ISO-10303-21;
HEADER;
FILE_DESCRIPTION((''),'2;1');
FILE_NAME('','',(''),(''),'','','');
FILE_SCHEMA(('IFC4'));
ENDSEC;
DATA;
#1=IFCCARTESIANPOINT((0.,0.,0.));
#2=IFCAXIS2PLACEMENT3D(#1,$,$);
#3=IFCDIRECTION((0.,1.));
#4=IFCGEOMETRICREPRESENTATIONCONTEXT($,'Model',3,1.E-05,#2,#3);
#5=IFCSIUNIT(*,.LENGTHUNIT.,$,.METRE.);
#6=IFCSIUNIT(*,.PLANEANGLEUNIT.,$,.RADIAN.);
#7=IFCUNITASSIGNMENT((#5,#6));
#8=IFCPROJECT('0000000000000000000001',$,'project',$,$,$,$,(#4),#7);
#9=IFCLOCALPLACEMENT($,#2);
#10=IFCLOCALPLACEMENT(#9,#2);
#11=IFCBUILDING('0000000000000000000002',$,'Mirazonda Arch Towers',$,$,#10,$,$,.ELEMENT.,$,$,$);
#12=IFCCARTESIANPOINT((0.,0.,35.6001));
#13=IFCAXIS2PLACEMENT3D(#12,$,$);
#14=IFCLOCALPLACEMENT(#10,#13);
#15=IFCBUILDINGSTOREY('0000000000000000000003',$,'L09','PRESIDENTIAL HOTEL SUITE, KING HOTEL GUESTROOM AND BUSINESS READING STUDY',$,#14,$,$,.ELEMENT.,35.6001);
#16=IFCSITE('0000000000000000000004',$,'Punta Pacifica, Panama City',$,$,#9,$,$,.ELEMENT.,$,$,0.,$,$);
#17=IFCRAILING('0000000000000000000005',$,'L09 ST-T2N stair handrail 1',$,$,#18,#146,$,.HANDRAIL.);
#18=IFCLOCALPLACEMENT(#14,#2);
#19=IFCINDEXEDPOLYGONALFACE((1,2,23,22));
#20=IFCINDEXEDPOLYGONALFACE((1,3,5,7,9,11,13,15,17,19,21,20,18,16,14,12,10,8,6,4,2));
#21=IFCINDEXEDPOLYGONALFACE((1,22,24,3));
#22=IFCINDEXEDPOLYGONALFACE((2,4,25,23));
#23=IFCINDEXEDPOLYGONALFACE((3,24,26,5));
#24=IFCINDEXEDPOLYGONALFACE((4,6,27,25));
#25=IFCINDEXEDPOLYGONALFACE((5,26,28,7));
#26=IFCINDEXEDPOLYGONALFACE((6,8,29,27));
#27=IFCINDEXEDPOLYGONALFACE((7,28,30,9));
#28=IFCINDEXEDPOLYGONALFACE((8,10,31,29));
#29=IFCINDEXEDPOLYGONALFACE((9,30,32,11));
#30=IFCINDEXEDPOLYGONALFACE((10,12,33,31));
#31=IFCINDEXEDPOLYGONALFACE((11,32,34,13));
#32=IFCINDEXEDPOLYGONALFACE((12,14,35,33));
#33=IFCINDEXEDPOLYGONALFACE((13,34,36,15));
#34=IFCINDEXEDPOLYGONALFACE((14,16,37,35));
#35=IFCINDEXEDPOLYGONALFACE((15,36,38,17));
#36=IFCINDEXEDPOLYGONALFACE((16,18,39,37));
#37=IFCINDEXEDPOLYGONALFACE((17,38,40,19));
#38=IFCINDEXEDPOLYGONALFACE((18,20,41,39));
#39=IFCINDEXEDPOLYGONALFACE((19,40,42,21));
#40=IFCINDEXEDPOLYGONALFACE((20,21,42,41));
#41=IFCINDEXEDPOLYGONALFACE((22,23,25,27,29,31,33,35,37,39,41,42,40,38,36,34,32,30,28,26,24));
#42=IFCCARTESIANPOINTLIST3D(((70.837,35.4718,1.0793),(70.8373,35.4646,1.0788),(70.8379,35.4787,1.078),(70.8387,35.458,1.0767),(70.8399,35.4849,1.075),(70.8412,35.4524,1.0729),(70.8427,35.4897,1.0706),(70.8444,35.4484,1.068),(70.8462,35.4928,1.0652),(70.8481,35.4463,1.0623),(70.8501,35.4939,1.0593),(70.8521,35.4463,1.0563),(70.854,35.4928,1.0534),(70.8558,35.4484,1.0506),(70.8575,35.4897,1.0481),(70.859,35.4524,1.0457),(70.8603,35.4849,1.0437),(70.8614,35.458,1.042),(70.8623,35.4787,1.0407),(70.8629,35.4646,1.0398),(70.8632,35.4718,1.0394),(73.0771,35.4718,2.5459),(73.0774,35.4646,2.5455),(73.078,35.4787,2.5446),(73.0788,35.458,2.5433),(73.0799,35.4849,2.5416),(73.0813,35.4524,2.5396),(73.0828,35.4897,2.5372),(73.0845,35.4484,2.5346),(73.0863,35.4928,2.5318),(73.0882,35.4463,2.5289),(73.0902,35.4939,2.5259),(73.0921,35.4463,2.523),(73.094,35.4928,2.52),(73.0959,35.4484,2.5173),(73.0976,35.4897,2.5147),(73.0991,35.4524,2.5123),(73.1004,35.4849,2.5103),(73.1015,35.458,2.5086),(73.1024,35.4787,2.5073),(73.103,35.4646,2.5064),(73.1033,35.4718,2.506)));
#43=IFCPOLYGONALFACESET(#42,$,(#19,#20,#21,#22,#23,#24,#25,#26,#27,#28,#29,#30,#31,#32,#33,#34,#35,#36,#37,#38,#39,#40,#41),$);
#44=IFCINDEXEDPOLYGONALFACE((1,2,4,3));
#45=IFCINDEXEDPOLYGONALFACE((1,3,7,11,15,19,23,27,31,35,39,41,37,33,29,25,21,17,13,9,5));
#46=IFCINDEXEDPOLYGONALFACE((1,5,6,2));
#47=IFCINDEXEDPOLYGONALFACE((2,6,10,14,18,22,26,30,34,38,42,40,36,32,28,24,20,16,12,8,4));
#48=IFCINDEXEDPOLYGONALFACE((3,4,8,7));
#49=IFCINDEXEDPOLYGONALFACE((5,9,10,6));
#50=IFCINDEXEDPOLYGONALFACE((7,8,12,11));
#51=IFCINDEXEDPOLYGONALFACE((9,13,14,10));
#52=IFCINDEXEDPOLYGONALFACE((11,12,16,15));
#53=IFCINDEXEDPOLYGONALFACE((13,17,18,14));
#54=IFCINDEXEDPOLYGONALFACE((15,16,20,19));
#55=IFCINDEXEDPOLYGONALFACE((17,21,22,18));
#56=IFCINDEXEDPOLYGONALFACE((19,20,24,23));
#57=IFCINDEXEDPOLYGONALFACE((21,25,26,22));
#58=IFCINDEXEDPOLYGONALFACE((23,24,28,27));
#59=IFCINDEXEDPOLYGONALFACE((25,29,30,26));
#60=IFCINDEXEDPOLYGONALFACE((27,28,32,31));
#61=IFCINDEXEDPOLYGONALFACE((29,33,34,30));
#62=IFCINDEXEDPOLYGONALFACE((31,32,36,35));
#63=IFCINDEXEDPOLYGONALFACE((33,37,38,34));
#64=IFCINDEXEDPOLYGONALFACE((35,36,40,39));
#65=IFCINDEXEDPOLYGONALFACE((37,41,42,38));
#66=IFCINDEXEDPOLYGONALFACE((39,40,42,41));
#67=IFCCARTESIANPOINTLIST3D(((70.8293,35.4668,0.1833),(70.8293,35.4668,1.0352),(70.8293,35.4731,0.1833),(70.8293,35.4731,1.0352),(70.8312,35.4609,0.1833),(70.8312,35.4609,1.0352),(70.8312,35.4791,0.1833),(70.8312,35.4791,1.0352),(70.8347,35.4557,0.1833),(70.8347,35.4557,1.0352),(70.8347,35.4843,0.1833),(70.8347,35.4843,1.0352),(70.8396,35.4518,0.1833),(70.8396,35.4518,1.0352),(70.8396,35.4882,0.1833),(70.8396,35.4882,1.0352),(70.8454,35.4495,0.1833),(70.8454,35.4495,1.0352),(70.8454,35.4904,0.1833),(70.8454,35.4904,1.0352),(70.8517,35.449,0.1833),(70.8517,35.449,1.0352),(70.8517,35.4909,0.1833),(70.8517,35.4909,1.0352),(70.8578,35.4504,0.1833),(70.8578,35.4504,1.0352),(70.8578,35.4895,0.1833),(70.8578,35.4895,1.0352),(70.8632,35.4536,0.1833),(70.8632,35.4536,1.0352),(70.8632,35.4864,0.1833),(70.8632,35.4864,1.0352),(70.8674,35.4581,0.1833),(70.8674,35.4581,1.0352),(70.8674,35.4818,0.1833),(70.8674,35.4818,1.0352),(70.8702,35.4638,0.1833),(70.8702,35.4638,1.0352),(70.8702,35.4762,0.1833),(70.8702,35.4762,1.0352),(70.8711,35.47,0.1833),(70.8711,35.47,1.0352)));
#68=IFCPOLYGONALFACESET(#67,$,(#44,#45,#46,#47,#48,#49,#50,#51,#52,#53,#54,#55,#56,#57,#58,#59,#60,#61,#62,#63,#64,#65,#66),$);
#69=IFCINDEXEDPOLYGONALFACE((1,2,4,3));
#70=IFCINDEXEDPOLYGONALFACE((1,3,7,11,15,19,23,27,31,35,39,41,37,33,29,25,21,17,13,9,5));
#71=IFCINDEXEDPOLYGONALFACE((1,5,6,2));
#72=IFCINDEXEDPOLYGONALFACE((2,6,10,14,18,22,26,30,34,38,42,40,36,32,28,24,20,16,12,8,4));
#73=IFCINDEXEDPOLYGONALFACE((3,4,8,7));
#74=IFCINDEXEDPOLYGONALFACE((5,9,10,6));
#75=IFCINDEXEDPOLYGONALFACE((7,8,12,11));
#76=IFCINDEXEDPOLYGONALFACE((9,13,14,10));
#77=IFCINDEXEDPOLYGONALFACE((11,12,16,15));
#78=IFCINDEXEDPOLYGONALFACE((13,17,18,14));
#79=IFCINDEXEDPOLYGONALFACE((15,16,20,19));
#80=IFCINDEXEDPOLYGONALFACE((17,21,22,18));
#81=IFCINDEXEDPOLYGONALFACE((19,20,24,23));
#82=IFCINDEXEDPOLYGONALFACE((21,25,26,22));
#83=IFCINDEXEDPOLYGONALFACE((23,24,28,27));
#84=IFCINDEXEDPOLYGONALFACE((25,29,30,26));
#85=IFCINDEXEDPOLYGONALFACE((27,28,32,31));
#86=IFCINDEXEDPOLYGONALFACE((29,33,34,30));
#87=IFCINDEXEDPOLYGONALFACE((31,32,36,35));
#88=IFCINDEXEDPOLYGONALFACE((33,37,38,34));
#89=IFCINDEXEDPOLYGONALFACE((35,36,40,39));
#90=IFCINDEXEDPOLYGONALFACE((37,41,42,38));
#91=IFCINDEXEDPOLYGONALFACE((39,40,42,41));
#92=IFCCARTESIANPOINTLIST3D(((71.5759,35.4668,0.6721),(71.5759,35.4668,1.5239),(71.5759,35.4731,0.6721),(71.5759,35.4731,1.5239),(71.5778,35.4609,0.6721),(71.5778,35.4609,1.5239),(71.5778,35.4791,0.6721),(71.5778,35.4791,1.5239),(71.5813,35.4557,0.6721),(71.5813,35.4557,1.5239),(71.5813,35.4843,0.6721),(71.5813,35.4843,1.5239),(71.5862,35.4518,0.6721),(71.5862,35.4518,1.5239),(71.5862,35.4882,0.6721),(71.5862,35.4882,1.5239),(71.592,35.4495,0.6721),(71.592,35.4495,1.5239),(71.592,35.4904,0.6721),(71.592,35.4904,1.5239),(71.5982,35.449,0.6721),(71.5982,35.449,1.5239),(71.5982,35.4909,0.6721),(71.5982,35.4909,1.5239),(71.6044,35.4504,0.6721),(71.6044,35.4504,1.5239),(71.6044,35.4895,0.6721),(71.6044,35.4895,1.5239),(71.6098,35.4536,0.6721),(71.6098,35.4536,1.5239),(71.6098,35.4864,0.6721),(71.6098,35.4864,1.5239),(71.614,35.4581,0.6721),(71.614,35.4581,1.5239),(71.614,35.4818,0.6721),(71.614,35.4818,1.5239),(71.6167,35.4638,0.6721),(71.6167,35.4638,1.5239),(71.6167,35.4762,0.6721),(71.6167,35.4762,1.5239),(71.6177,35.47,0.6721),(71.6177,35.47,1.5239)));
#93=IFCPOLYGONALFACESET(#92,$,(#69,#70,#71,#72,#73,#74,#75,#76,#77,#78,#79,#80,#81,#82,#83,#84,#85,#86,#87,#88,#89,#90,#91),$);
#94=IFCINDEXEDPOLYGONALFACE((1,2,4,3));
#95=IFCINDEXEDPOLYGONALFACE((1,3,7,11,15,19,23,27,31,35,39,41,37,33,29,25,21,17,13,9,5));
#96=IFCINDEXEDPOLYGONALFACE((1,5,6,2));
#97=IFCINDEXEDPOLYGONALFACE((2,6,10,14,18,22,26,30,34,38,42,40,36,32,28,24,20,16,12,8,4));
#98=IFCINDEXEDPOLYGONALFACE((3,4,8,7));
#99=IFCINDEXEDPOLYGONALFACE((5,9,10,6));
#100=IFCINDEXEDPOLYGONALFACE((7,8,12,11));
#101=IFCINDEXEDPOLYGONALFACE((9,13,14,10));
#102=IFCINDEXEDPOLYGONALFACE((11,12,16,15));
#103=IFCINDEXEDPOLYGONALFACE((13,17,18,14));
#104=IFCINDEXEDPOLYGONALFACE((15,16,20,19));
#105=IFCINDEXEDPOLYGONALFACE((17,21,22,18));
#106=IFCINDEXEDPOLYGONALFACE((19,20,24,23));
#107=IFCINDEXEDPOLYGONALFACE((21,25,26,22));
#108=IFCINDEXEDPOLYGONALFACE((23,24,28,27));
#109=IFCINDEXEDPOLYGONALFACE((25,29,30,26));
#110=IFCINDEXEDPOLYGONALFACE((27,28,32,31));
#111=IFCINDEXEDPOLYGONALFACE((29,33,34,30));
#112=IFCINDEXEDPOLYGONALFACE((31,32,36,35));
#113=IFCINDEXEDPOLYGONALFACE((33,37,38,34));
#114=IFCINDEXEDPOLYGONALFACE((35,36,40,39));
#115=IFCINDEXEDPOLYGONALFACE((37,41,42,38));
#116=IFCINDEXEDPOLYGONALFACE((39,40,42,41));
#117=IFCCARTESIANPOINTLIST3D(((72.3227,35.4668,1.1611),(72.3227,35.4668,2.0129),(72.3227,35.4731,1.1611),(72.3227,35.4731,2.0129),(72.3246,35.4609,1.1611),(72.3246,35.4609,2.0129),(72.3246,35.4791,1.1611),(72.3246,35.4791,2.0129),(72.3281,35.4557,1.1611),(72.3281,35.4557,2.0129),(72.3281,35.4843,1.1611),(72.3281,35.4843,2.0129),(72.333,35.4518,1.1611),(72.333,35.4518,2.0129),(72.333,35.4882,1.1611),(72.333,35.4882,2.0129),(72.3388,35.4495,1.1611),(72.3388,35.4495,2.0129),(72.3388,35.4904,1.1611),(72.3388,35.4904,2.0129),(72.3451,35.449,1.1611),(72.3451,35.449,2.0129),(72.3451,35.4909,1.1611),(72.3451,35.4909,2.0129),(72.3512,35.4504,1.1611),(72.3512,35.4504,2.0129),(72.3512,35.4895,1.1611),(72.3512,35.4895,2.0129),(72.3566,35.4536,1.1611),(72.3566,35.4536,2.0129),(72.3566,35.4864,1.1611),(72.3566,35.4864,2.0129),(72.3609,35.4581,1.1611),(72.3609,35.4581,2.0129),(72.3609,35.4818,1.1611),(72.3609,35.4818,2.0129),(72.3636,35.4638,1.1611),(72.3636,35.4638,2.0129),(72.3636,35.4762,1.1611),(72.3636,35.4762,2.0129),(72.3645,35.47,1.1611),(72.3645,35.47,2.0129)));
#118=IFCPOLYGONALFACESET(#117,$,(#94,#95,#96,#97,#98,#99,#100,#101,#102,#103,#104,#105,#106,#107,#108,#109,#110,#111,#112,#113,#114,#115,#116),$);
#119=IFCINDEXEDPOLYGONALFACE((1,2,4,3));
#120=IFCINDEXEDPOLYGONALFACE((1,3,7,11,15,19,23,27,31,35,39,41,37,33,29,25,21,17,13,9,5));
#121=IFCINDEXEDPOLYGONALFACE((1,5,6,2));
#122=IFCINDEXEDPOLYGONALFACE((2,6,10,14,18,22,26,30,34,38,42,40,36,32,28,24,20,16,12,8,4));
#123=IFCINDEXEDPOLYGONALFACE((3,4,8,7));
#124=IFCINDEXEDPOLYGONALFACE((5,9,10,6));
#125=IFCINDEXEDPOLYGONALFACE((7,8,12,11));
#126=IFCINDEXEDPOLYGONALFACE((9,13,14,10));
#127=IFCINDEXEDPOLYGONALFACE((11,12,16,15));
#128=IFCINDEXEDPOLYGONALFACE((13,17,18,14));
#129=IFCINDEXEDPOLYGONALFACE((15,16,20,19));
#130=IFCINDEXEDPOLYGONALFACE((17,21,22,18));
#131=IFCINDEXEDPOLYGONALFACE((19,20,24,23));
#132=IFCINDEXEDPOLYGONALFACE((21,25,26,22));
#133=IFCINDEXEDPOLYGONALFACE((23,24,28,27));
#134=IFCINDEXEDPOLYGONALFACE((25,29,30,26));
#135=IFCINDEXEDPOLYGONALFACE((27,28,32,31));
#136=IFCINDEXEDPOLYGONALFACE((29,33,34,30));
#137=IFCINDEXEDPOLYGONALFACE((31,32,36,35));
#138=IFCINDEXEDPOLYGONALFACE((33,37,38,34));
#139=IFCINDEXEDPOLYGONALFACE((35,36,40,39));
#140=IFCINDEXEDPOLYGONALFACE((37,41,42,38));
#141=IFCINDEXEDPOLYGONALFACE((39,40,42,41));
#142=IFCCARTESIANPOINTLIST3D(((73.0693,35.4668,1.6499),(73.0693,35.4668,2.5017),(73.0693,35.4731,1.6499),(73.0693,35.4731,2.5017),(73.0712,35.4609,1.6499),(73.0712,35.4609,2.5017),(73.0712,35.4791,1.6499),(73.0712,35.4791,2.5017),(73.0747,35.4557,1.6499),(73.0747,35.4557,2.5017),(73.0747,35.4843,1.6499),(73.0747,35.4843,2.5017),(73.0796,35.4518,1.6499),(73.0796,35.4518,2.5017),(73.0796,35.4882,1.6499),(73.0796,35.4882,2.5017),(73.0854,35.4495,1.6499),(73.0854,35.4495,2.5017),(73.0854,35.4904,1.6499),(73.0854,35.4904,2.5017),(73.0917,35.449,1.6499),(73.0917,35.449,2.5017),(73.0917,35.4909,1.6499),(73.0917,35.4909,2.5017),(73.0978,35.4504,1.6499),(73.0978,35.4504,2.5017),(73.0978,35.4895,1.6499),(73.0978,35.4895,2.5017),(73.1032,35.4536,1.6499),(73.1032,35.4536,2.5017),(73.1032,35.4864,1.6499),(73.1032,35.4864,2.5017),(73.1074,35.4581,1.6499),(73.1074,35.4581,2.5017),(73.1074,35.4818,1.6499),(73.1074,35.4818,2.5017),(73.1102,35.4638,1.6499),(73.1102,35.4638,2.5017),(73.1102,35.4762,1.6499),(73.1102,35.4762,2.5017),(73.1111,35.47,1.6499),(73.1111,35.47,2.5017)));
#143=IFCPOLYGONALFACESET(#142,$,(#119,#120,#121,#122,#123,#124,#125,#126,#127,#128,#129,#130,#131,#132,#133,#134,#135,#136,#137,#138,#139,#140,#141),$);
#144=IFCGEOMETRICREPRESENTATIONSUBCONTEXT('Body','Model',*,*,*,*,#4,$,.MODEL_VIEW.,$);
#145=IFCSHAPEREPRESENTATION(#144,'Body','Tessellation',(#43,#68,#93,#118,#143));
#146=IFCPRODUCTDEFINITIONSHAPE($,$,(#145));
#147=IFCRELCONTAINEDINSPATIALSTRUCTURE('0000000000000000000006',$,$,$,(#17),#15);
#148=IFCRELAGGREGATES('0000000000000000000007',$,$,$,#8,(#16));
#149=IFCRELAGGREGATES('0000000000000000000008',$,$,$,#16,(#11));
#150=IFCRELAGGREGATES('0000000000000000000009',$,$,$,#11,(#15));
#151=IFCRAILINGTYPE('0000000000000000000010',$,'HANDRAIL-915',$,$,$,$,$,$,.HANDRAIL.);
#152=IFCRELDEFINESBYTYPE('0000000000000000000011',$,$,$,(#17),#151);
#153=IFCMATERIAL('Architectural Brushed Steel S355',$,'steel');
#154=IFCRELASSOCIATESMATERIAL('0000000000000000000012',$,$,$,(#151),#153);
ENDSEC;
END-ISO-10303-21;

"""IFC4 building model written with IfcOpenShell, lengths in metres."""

from ifc_helpers import new_model, si_unit, direction, frame, origin, origin_2d, place, context, subcontext, project, spatial, circle, extrude, material, type_object, element, save


model = new_model("IFC4")

# Units and contexts
model_context = context("Model", 3, precision=1e-05, world=origin(), true_north=direction((0.0, 1.0)))
body_context = subcontext(model_context, "Body", "Model", "MODEL_VIEW")
ifc_project = project(units=[si_unit("LENGTHUNIT", "METRE"), si_unit("PLANEANGLEUNIT", "RADIAN")], contexts=[model_context])

# Site, building, storey
site_placement = place(None, origin())
site = spatial("IfcSite", under=ifc_project, at=site_placement, Name="Punta Pacifica, Panama City", CompositionType="ELEMENT", RefElevation=0.0)
building_placement = place(site_placement, origin())
building = spatial("IfcBuilding", under=site, at=building_placement, Name="Mirazonda Arch Towers", CompositionType="ELEMENT")
storey_placement = place(building_placement, frame((0.0, 0.0, 35.6001)))
storey = spatial("IfcBuildingStorey", under=building, at=storey_placement, Name="L09", Description="PRESIDENTIAL HOTEL SUITE, KING HOTEL GUESTROOM AND BUSINESS READING STUDY", CompositionType="ELEMENT", Elevation=35.6001)

# Railing
ifc_material_1 = material(Name="Architectural Brushed Steel S355", Category="steel")
railing_type_1 = type_object("IfcRailingType", Name="HANDRAIL-915", PredefinedType="HANDRAIL", material=ifc_material_1)
railing_1_placement = place(storey_placement, frame((70.8501, 35.47, 0.1833)))
element("IfcRailing", 1, at=railing_1_placement, inside=storey, type_object=railing_type_1, Name="L09 ST-T2N stair handrail 1", PredefinedType="HANDRAIL", context=body_context, shape_type="SweptSolid", body=[
    extrude(circle(Radius=0.0239, at=origin_2d()), frame((0.0, 0.0, 0.876), z_axis=(0.836637, 0.0, 0.547758), x_axis=(0.0, 1.0, 0.0)), (0.0, 0.0, 1.0), 2.6775),
    extrude(circle(Radius=0.021, at=origin_2d()), origin(), (0.0, 0.0, 1.0), 0.8518),
    extrude(circle(Radius=0.021, at=origin_2d()), frame((0.7466, 0.0, 0.4888)), (0.0, 0.0, 1.0), 0.8518),
    extrude(circle(Radius=0.021, at=origin_2d()), frame((1.4934, 0.0, 0.9778)), (0.0, 0.0, 1.0), 0.8518),
    extrude(circle(Radius=0.021, at=origin_2d()), frame((2.24, 0.0, 1.4666)), (0.0, 0.0, 1.0), 0.8518),
])

save(model, "model.ifc")
